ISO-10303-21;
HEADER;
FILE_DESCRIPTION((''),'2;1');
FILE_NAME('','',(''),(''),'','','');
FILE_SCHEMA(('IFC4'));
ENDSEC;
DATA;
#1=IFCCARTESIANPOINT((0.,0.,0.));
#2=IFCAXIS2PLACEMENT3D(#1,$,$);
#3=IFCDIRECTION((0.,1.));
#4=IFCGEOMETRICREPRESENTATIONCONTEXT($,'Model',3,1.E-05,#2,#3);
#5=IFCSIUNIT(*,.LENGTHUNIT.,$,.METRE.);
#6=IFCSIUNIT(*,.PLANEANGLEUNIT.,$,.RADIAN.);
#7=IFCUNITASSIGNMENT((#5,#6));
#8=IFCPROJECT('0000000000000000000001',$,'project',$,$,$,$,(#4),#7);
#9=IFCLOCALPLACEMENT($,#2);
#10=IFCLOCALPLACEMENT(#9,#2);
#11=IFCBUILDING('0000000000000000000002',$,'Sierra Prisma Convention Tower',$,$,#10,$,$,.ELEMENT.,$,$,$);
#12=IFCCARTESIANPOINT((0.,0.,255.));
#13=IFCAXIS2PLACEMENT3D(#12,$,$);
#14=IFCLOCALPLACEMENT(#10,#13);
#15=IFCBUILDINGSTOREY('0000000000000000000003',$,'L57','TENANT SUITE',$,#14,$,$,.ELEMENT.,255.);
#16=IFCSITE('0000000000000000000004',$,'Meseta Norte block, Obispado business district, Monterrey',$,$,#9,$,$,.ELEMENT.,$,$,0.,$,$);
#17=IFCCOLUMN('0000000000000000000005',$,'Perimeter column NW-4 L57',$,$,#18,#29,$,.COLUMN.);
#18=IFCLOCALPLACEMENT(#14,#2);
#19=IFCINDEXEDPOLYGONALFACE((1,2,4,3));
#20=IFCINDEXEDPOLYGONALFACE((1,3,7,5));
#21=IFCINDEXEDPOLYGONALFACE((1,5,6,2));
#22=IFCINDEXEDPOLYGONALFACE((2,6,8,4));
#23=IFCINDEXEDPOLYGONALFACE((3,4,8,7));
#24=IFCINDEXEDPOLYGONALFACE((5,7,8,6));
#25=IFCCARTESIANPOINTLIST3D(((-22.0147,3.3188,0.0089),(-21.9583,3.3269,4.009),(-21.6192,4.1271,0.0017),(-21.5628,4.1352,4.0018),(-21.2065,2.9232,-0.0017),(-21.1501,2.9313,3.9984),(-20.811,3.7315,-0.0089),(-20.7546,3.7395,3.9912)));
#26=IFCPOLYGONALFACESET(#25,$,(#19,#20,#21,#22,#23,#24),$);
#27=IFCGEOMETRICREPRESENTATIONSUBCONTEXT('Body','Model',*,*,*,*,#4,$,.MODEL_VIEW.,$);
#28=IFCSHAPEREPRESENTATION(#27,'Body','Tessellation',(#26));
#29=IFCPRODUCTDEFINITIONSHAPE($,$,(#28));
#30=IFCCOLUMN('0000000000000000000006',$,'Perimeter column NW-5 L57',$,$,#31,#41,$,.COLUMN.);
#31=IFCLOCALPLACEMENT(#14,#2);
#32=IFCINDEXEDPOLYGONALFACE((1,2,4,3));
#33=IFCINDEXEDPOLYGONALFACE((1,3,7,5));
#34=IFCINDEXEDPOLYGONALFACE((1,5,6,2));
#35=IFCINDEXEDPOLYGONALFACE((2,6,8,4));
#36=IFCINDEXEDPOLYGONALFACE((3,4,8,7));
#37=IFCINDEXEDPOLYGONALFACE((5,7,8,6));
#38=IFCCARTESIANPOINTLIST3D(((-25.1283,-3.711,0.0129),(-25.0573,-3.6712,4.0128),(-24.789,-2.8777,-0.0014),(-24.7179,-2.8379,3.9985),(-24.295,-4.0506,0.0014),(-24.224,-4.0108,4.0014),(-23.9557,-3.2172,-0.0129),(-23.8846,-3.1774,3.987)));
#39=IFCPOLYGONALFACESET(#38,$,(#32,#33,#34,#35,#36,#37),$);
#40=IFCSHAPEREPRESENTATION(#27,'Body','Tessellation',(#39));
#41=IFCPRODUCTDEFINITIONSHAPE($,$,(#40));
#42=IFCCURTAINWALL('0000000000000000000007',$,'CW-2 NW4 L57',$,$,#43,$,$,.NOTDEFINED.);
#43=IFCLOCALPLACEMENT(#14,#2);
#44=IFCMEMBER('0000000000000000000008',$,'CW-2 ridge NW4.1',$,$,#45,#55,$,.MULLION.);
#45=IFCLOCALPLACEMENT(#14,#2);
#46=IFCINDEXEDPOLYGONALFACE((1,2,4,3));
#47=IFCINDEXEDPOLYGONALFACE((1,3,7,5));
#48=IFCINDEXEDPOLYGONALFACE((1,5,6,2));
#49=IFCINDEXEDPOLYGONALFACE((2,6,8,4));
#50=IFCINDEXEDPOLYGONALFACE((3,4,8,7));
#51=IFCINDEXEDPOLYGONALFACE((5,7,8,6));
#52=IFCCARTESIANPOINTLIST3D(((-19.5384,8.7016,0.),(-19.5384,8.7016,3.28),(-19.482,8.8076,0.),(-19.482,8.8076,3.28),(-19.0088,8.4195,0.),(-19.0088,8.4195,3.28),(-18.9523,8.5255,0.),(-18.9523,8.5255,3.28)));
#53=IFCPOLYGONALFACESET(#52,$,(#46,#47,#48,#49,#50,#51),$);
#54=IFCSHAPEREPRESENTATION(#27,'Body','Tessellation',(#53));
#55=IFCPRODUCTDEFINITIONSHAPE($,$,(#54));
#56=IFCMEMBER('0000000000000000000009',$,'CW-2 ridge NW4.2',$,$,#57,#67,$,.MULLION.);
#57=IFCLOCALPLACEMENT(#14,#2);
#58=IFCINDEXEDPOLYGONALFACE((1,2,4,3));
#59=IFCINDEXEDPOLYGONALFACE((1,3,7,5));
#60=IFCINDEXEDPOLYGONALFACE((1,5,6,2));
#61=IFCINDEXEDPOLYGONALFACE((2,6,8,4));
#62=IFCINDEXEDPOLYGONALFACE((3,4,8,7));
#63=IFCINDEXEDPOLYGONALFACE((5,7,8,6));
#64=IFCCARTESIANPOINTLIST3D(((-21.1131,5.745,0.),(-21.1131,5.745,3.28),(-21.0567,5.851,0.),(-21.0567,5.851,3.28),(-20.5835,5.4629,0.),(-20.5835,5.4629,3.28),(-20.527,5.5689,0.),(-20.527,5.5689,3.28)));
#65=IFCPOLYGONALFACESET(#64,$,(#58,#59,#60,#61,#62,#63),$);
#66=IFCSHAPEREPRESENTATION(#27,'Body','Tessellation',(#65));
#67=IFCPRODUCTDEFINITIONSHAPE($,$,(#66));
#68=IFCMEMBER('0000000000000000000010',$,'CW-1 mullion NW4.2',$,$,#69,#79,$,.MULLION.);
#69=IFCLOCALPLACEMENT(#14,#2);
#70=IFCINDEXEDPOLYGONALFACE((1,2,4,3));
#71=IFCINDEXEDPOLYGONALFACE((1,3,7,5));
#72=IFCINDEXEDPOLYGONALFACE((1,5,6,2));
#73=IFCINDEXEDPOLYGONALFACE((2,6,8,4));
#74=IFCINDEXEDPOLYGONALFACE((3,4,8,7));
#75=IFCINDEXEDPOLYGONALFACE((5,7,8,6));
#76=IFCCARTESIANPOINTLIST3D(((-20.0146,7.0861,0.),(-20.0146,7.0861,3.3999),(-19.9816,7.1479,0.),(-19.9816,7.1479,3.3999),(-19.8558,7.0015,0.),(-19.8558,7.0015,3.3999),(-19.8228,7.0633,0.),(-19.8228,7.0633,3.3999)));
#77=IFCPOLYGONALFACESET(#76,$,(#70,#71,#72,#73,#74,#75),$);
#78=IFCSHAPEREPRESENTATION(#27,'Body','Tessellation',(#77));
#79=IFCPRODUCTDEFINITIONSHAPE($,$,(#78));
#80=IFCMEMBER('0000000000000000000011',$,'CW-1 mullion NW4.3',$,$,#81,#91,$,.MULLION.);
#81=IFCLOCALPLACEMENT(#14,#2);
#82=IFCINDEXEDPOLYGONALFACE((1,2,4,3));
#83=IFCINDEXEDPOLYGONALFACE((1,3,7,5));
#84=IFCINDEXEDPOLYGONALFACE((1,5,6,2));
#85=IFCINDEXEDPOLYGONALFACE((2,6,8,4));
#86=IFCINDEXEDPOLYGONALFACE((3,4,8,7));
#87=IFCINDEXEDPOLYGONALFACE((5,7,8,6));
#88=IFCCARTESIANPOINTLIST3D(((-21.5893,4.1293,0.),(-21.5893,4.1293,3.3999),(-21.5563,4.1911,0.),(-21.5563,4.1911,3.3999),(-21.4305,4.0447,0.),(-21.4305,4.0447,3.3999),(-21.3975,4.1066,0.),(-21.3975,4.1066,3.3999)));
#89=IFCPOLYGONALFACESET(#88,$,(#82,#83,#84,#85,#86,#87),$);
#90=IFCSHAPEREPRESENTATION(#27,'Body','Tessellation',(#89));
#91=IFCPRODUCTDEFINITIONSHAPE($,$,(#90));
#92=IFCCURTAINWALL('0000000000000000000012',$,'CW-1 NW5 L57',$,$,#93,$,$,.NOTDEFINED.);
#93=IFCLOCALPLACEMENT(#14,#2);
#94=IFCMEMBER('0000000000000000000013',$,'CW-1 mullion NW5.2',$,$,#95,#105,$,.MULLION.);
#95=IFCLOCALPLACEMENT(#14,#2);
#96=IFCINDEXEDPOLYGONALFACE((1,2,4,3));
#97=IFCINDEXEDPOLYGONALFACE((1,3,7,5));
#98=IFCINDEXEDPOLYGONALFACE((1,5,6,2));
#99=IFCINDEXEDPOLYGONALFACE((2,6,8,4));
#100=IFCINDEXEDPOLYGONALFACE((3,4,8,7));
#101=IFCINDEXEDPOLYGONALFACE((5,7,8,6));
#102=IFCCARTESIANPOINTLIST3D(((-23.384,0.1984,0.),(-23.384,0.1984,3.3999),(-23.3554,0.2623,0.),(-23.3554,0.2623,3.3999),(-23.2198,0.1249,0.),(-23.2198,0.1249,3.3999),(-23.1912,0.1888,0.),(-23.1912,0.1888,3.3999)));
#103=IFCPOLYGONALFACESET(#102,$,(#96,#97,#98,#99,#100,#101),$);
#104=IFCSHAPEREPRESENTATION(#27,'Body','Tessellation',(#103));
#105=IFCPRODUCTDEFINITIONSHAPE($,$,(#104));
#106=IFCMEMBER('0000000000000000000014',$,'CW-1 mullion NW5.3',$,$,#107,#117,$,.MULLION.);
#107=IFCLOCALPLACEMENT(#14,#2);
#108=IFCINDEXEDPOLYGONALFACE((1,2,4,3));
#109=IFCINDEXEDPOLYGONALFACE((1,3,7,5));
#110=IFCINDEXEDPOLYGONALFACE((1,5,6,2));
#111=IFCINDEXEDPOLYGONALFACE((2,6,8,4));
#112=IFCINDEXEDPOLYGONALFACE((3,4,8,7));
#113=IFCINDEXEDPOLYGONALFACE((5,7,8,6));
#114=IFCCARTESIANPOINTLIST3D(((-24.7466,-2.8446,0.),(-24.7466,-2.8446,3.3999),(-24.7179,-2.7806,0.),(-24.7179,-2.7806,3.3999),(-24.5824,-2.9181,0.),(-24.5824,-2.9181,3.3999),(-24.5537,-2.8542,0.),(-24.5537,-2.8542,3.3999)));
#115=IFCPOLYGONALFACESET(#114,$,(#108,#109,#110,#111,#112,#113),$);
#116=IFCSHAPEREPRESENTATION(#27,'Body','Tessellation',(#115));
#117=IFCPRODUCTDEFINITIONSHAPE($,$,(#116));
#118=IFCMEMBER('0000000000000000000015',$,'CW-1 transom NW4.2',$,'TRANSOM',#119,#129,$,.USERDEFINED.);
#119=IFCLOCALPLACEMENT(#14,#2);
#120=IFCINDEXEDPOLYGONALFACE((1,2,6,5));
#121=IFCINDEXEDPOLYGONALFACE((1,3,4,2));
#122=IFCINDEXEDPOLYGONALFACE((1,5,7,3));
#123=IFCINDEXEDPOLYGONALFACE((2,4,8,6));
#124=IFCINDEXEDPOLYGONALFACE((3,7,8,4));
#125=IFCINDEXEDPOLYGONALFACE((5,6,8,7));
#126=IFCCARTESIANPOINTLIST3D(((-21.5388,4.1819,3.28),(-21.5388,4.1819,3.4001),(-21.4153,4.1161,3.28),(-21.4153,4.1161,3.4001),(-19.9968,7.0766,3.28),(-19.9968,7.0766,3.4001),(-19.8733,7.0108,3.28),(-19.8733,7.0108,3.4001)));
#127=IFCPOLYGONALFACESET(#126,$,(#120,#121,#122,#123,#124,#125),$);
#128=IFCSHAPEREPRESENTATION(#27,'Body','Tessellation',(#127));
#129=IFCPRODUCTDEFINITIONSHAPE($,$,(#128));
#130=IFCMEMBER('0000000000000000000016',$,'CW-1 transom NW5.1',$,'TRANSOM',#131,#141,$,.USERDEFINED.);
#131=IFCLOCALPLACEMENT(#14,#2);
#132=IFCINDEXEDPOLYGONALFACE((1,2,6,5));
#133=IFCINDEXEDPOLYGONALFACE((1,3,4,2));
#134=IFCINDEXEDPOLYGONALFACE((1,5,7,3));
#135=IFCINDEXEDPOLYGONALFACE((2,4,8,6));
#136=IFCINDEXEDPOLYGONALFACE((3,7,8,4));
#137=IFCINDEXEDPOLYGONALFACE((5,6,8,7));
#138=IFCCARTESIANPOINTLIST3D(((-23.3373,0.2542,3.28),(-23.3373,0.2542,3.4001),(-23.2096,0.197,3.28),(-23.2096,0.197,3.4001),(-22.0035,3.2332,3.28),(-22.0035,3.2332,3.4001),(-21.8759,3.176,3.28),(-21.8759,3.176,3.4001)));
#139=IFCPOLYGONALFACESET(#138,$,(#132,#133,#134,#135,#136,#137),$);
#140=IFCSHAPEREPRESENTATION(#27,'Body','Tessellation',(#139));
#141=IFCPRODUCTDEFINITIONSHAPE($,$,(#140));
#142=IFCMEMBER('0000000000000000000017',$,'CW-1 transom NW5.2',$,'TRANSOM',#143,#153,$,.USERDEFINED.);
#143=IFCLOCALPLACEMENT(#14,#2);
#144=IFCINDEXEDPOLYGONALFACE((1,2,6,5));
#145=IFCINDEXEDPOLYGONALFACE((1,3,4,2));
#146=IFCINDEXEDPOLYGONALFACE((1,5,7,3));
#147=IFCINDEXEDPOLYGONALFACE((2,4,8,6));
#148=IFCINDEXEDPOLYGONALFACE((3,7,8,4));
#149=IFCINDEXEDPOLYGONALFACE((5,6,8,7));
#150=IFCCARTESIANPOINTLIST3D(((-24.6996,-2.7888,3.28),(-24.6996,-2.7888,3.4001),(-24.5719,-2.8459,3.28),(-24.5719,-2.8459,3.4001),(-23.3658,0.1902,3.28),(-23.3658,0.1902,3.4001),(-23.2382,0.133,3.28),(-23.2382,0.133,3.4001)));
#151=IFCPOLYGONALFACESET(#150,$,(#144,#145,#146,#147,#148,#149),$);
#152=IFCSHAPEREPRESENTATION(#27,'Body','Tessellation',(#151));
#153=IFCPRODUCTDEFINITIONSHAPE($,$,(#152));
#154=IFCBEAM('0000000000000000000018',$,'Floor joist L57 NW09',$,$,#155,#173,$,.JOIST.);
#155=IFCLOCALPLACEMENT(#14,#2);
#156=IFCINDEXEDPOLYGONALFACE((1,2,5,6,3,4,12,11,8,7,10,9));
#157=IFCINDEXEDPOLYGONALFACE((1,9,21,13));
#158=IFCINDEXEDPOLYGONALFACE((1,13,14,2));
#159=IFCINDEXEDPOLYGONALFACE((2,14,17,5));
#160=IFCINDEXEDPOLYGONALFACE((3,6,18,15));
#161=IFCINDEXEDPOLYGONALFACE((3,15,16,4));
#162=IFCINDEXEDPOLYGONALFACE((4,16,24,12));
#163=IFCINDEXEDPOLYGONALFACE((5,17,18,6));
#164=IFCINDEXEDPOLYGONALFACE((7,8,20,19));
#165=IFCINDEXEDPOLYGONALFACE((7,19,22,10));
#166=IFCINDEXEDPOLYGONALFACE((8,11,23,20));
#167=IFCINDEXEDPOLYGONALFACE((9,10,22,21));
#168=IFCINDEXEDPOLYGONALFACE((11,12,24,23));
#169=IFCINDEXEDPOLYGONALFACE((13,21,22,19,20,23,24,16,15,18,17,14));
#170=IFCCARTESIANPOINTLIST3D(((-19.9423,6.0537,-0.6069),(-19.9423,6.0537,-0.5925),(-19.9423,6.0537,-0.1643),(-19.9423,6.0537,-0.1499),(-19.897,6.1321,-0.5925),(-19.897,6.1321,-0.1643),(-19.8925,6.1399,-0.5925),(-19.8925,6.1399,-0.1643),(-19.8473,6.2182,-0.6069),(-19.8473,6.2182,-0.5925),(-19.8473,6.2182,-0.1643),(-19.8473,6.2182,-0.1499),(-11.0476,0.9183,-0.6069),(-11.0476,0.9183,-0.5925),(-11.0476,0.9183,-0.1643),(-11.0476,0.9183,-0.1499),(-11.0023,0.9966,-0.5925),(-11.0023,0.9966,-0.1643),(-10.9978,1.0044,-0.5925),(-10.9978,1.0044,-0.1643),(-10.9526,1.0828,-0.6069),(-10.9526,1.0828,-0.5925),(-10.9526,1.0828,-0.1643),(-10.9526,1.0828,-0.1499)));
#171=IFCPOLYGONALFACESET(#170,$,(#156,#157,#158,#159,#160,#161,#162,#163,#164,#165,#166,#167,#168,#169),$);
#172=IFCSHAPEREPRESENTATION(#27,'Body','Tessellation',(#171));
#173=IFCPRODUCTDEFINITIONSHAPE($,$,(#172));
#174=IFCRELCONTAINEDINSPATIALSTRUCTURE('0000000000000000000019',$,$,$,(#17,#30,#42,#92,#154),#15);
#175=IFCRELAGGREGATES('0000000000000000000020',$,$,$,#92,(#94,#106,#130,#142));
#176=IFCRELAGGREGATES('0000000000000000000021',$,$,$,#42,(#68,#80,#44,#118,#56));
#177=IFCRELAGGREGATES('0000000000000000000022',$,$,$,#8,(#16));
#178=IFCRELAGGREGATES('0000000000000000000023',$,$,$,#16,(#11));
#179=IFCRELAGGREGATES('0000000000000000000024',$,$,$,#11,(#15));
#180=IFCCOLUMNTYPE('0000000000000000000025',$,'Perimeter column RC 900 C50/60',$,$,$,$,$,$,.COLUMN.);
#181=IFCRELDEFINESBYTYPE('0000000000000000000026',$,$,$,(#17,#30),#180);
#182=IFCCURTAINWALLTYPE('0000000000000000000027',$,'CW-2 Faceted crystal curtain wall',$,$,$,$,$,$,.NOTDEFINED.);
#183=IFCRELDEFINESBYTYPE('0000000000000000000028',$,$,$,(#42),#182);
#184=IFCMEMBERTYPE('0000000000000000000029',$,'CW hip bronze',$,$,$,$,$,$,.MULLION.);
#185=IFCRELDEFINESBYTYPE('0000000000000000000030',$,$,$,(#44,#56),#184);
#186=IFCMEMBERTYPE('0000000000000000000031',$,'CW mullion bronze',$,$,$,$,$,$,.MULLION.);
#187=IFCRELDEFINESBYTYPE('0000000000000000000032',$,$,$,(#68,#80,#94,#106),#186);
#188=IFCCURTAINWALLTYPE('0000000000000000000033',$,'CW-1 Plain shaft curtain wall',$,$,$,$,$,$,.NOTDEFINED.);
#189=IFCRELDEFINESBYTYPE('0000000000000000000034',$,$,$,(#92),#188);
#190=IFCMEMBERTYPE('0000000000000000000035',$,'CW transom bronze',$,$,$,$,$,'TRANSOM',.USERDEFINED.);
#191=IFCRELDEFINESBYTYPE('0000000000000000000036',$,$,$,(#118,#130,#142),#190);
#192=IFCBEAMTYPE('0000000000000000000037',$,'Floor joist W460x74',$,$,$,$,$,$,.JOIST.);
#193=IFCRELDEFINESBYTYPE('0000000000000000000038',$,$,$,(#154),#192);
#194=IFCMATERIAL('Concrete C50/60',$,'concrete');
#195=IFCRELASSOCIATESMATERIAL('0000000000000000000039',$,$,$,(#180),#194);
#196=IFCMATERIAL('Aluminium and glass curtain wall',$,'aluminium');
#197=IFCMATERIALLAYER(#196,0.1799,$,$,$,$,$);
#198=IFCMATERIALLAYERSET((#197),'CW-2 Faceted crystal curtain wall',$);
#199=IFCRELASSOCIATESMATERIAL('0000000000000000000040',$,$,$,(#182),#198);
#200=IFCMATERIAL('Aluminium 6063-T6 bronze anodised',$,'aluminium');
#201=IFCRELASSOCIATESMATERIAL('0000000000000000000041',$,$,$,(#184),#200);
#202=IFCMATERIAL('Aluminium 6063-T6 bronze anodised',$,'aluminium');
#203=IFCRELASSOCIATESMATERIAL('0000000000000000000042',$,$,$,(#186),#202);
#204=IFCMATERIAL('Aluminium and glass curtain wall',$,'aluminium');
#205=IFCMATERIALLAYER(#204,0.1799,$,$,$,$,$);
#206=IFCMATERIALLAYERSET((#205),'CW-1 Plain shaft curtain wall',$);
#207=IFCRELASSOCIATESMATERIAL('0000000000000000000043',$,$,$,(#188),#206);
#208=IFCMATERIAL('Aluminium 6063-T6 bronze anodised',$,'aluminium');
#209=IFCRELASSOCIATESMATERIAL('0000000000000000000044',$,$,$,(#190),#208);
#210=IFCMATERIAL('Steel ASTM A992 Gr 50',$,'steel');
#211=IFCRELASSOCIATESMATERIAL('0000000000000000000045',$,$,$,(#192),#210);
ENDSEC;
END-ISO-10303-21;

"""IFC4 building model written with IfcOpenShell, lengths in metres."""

from ifc_helpers import new_model, si_unit, direction, frame, origin, origin_2d, place, context, subcontext, project, spatial, rectangle, i_section, extrude, material, layer, layer_set, material_profile, profile_set, type_object, element, aggregate, save


model = new_model("IFC4")

# Units and contexts
model_context = context("Model", 3, precision=1e-05, world=origin(), true_north=direction((0.0, 1.0)))
body_context = subcontext(model_context, "Body", "Model", "MODEL_VIEW")
ifc_project = project(units=[si_unit("LENGTHUNIT", "METRE"), si_unit("PLANEANGLEUNIT", "RADIAN")], contexts=[model_context])

# Site, building, storey
site_placement = place(None, origin())
site = spatial("IfcSite", under=ifc_project, at=site_placement, Name="Meseta Norte block, Obispado business district, Monterrey", CompositionType="ELEMENT", RefElevation=0.0)
building_placement = place(site_placement, origin())
building = spatial("IfcBuilding", under=site, at=building_placement, Name="Sierra Prisma Convention Tower", CompositionType="ELEMENT")
storey_placement = place(building_placement, frame((0.0, 0.0, 255.0)))
storey = spatial("IfcBuildingStorey", under=building, at=storey_placement, Name="L57", Description="TENANT SUITE", CompositionType="ELEMENT", Elevation=255.0)

# Columns
ifc_material_1 = material(Name="Concrete C50/60", Category="concrete")
ifc_material_profile_1 = material_profile(ifc_material_1, rectangle(XDim=0.8999, YDim=0.8999, at=origin_2d()), Name="Perimeter column RC 900 C50/60")
ifc_profile_set_1 = profile_set([ifc_material_profile_1], Name="Concrete C50/60")
column_type = type_object("IfcColumnType", Name="Perimeter column RC 900 C50/60", PredefinedType="COLUMN", material=ifc_profile_set_1)
column_1_placement = place(storey_placement, frame((-21.4128, 3.5251, 0.0), z_axis=(0.014098, 0.002014, 0.999899), x_axis=(0.439573, 0.898171, -0.008007)))
element("IfcColumn", 1, at=column_1_placement, inside=storey, type_object=column_type, Name="Perimeter column NW-4 L57", PredefinedType="COLUMN", context=body_context, shape_type="SweptSolid", body=[
    extrude(rectangle(XDim=0.8999, YDim=0.8999, at=origin_2d()), origin(), (0.0, 0.0, 1.0), 4.0005),
])
column_2_placement = place(storey_placement, frame((-24.542, -3.4641, 0.0), z_axis=(0.017758, 0.009947, 0.999793), x_axis=(0.377115, 0.92603, -0.015911)))
element("IfcColumn", 2, at=column_2_placement, inside=storey, type_object=column_type, Name="Perimeter column NW-5 L57", PredefinedType="COLUMN", context=body_context, shape_type="SweptSolid", body=[
    extrude(rectangle(XDim=0.8999, YDim=0.8999, at=origin_2d()), origin(), (0.0, 0.0, 1.0), 4.0007),
])

# Curtain walls, members
ifc_material_2 = material(Name="Aluminium and glass curtain wall", Category="aluminium")
ifc_layer_1 = layer(ifc_material_2, 0.1799)
ifc_layer_set_1 = layer_set([ifc_layer_1], Name="CW-2 Faceted crystal curtain wall")
curtain_wall_type_1 = type_object("IfcCurtainWallType", Name="CW-2 Faceted crystal curtain wall", PredefinedType="NOTDEFINED", material=ifc_layer_set_1)
curtain_wall_1_placement = place(storey_placement, origin())
curtain_wall_1 = element("IfcCurtainWall", 3, at=curtain_wall_1_placement, inside=storey, type_object=curtain_wall_type_1, Name="CW-2 NW4 L57", PredefinedType="NOTDEFINED")
ifc_material_3 = material(Name="Aluminium 6063-T6 bronze anodised", Category="aluminium")
ifc_material_profile_2 = material_profile(ifc_material_3, rectangle(XDim=0.1201, YDim=0.6001, at=origin_2d()), Name="ALU RIDGE BLADE 120x600")
ifc_profile_set_2 = profile_set([ifc_material_profile_2], Name="Aluminium 6063-T6 bronze anodised")
member_type_1 = type_object("IfcMemberType", Name="CW hip bronze", PredefinedType="MULLION", material=ifc_profile_set_2)
member_1_placement = place(storey_placement, frame((-19.2454, 8.6135, 0.0), z_axis=(0.0, 0.0, 1.0), x_axis=(-0.470083, -0.882622, 0.0)))
member_1 = element("IfcMember", 4, at=member_1_placement, type_object=member_type_1, Name="CW-2 ridge NW4.1", PredefinedType="MULLION", context=body_context, shape_type="SweptSolid", body=[
    extrude(rectangle(XDim=0.1201, YDim=0.6001, at=origin_2d()), origin(), (0.0, 0.0, 1.0), 3.28),
])
member_2_placement = place(storey_placement, frame((-20.8201, 5.657, 0.0), z_axis=(0.0, 0.0, 1.0), x_axis=(-0.470083, -0.882622, 0.0)))
member_2 = element("IfcMember", 5, at=member_2_placement, type_object=member_type_1, Name="CW-2 ridge NW4.2", PredefinedType="MULLION", context=body_context, shape_type="SweptSolid", body=[
    extrude(rectangle(XDim=0.1201, YDim=0.6001, at=origin_2d()), origin(), (0.0, 0.0, 1.0), 3.28),
])
ifc_material_4 = material(Name="Aluminium 6063-T6 bronze anodised", Category="aluminium")
ifc_material_profile_3 = material_profile(ifc_material_4, rectangle(XDim=0.1799, YDim=0.0701, at=origin_2d()), Name="ALU MULLION 70x180")
ifc_profile_set_3 = profile_set([ifc_material_profile_3], Name="Aluminium 6063-T6 bronze anodised")
member_type_2 = type_object("IfcMemberType", Name="CW mullion bronze", PredefinedType="MULLION", material=ifc_profile_set_3)
member_3_placement = place(storey_placement, frame((-19.9187, 7.0747, 0.0), z_axis=(0.0, 0.0, 1.0), x_axis=(0.882622, -0.470083, 0.0)))
member_3 = element("IfcMember", 6, at=member_3_placement, type_object=member_type_2, Name="CW-1 mullion NW4.2", PredefinedType="MULLION", context=body_context, shape_type="SweptSolid", body=[
    extrude(rectangle(XDim=0.1799, YDim=0.0701, at=origin_2d()), origin(), (0.0, 0.0, 1.0), 3.3999),
])
member_4_placement = place(storey_placement, frame((-21.4934, 4.1179, 0.0), z_axis=(0.0, 0.0, 1.0), x_axis=(0.882622, -0.470083, 0.0)))
member_4 = element("IfcMember", 7, at=member_4_placement, type_object=member_type_2, Name="CW-1 mullion NW4.3", PredefinedType="MULLION", context=body_context, shape_type="SweptSolid", body=[
    extrude(rectangle(XDim=0.1799, YDim=0.0701, at=origin_2d()), origin(), (0.0, 0.0, 1.0), 3.3999),
])
ifc_material_5 = material(Name="Aluminium and glass curtain wall", Category="aluminium")
ifc_layer_2 = layer(ifc_material_5, 0.1799)
ifc_layer_set_2 = layer_set([ifc_layer_2], Name="CW-1 Plain shaft curtain wall")
curtain_wall_type_2 = type_object("IfcCurtainWallType", Name="CW-1 Plain shaft curtain wall", PredefinedType="NOTDEFINED", material=ifc_layer_set_2)
curtain_wall_2_placement = place(storey_placement, origin())
curtain_wall_2 = element("IfcCurtainWall", 8, at=curtain_wall_2_placement, inside=storey, type_object=curtain_wall_type_2, Name="CW-1 NW5 L57", PredefinedType="NOTDEFINED")
member_5_placement = place(storey_placement, frame((-23.2876, 0.1936, 0.0), z_axis=(0.0, 0.0, 1.0), x_axis=(0.912698, -0.408635, 0.0)))
member_5 = element("IfcMember", 9, at=member_5_placement, type_object=member_type_2, Name="CW-1 mullion NW5.2", PredefinedType="MULLION", context=body_context, shape_type="SweptSolid", body=[
    extrude(rectangle(XDim=0.1799, YDim=0.0701, at=origin_2d()), origin(), (0.0, 0.0, 1.0), 3.3999),
])
member_6_placement = place(storey_placement, frame((-24.6501, -2.8494, 0.0), z_axis=(0.0, 0.0, 1.0), x_axis=(0.912698, -0.408635, 0.0)))
member_6 = element("IfcMember", 10, at=member_6_placement, type_object=member_type_2, Name="CW-1 mullion NW5.3", PredefinedType="MULLION", context=body_context, shape_type="SweptSolid", body=[
    extrude(rectangle(XDim=0.1799, YDim=0.0701, at=origin_2d()), origin(), (0.0, 0.0, 1.0), 3.3999),
])

# Members
ifc_material_6 = material(Name="Aluminium 6063-T6 bronze anodised", Category="aluminium")
ifc_material_profile_4 = material_profile(ifc_material_6, rectangle(XDim=0.1399, YDim=0.1201, at=origin_2d()), Name="ALU TRANSOM 120x140")
ifc_profile_set_4 = profile_set([ifc_material_profile_4], Name="Aluminium 6063-T6 bronze anodised")
member_type_3 = type_object("IfcMemberType", Name="CW transom bronze", ElementType="TRANSOM", PredefinedType="USERDEFINED", material=ifc_profile_set_4)
member_7_placement = place(storey_placement, frame((-19.9351, 7.0437, 3.3401), z_axis=(-0.47014, -0.882592, 0.0), x_axis=(0.882592, -0.47014, 0.0)))
member_7 = element("IfcMember", 11, at=member_7_placement, type_object=member_type_3, Name="CW-1 transom NW4.2", ObjectType="TRANSOM", PredefinedType="USERDEFINED", context=body_context, shape_type="SweptSolid", body=[
    extrude(rectangle(XDim=0.1399, YDim=0.1201, at=origin_2d()), origin(), (0.0, 0.0, 1.0), 3.2798),
])
member_8_placement = place(storey_placement, frame((-21.9397, 3.2046, 3.3401), z_axis=(-0.408628, -0.912701, 0.0), x_axis=(0.912701, -0.408628, 0.0)))
member_8 = element("IfcMember", 12, at=member_8_placement, type_object=member_type_3, Name="CW-1 transom NW5.1", ObjectType="TRANSOM", PredefinedType="USERDEFINED", context=body_context, shape_type="SweptSolid", body=[
    extrude(rectangle(XDim=0.1399, YDim=0.1201, at=origin_2d()), origin(), (0.0, 0.0, 1.0), 3.2639),
])
member_9_placement = place(storey_placement, frame((-23.302, 0.1616, 3.3401), z_axis=(-0.408628, -0.912701, 0.0), x_axis=(0.912701, -0.408628, 0.0)))
member_9 = element("IfcMember", 13, at=member_9_placement, type_object=member_type_3, Name="CW-1 transom NW5.2", ObjectType="TRANSOM", PredefinedType="USERDEFINED", context=body_context, shape_type="SweptSolid", body=[
    extrude(rectangle(XDim=0.1399, YDim=0.1201, at=origin_2d()), origin(), (0.0, 0.0, 1.0), 3.2639),
])

# Beam
ifc_material_7 = material(Name="Steel ASTM A992 Gr 50", Category="steel")
ifc_material_profile_5 = material_profile(ifc_material_7, i_section(OverallWidth=0.1899, OverallDepth=0.457, WebThickness=0.009, FlangeThickness=0.0144, at=origin_2d()), Name="W460x74")
ifc_profile_set_5 = profile_set([ifc_material_profile_5], Name="Steel ASTM A992 Gr 50")
beam_type_1 = type_object("IfcBeamType", Name="Floor joist W460x74", PredefinedType="JOIST", material=ifc_profile_set_5)
beam_1_placement = place(storey_placement, frame((-19.8948, 6.136, -0.3784), z_axis=(0.866021, -0.500007, 0.0), x_axis=(0.500007, 0.866021, 0.0)))
element("IfcBeam", 14, at=beam_1_placement, inside=storey, type_object=beam_type_1, Name="Floor joist L57 NW09", PredefinedType="JOIST", context=body_context, shape_type="SweptSolid", body=[
    extrude(i_section(OverallWidth=0.1899, OverallDepth=0.457, WebThickness=0.009, FlangeThickness=0.0144, at=origin_2d()), origin(), (0.0, 0.0, 1.0), 10.2708),
])

aggregate(curtain_wall_2, [member_5, member_6, member_8, member_9])
aggregate(curtain_wall_1, [member_3, member_4, member_1, member_7, member_2])

save(model, "model.ifc")
